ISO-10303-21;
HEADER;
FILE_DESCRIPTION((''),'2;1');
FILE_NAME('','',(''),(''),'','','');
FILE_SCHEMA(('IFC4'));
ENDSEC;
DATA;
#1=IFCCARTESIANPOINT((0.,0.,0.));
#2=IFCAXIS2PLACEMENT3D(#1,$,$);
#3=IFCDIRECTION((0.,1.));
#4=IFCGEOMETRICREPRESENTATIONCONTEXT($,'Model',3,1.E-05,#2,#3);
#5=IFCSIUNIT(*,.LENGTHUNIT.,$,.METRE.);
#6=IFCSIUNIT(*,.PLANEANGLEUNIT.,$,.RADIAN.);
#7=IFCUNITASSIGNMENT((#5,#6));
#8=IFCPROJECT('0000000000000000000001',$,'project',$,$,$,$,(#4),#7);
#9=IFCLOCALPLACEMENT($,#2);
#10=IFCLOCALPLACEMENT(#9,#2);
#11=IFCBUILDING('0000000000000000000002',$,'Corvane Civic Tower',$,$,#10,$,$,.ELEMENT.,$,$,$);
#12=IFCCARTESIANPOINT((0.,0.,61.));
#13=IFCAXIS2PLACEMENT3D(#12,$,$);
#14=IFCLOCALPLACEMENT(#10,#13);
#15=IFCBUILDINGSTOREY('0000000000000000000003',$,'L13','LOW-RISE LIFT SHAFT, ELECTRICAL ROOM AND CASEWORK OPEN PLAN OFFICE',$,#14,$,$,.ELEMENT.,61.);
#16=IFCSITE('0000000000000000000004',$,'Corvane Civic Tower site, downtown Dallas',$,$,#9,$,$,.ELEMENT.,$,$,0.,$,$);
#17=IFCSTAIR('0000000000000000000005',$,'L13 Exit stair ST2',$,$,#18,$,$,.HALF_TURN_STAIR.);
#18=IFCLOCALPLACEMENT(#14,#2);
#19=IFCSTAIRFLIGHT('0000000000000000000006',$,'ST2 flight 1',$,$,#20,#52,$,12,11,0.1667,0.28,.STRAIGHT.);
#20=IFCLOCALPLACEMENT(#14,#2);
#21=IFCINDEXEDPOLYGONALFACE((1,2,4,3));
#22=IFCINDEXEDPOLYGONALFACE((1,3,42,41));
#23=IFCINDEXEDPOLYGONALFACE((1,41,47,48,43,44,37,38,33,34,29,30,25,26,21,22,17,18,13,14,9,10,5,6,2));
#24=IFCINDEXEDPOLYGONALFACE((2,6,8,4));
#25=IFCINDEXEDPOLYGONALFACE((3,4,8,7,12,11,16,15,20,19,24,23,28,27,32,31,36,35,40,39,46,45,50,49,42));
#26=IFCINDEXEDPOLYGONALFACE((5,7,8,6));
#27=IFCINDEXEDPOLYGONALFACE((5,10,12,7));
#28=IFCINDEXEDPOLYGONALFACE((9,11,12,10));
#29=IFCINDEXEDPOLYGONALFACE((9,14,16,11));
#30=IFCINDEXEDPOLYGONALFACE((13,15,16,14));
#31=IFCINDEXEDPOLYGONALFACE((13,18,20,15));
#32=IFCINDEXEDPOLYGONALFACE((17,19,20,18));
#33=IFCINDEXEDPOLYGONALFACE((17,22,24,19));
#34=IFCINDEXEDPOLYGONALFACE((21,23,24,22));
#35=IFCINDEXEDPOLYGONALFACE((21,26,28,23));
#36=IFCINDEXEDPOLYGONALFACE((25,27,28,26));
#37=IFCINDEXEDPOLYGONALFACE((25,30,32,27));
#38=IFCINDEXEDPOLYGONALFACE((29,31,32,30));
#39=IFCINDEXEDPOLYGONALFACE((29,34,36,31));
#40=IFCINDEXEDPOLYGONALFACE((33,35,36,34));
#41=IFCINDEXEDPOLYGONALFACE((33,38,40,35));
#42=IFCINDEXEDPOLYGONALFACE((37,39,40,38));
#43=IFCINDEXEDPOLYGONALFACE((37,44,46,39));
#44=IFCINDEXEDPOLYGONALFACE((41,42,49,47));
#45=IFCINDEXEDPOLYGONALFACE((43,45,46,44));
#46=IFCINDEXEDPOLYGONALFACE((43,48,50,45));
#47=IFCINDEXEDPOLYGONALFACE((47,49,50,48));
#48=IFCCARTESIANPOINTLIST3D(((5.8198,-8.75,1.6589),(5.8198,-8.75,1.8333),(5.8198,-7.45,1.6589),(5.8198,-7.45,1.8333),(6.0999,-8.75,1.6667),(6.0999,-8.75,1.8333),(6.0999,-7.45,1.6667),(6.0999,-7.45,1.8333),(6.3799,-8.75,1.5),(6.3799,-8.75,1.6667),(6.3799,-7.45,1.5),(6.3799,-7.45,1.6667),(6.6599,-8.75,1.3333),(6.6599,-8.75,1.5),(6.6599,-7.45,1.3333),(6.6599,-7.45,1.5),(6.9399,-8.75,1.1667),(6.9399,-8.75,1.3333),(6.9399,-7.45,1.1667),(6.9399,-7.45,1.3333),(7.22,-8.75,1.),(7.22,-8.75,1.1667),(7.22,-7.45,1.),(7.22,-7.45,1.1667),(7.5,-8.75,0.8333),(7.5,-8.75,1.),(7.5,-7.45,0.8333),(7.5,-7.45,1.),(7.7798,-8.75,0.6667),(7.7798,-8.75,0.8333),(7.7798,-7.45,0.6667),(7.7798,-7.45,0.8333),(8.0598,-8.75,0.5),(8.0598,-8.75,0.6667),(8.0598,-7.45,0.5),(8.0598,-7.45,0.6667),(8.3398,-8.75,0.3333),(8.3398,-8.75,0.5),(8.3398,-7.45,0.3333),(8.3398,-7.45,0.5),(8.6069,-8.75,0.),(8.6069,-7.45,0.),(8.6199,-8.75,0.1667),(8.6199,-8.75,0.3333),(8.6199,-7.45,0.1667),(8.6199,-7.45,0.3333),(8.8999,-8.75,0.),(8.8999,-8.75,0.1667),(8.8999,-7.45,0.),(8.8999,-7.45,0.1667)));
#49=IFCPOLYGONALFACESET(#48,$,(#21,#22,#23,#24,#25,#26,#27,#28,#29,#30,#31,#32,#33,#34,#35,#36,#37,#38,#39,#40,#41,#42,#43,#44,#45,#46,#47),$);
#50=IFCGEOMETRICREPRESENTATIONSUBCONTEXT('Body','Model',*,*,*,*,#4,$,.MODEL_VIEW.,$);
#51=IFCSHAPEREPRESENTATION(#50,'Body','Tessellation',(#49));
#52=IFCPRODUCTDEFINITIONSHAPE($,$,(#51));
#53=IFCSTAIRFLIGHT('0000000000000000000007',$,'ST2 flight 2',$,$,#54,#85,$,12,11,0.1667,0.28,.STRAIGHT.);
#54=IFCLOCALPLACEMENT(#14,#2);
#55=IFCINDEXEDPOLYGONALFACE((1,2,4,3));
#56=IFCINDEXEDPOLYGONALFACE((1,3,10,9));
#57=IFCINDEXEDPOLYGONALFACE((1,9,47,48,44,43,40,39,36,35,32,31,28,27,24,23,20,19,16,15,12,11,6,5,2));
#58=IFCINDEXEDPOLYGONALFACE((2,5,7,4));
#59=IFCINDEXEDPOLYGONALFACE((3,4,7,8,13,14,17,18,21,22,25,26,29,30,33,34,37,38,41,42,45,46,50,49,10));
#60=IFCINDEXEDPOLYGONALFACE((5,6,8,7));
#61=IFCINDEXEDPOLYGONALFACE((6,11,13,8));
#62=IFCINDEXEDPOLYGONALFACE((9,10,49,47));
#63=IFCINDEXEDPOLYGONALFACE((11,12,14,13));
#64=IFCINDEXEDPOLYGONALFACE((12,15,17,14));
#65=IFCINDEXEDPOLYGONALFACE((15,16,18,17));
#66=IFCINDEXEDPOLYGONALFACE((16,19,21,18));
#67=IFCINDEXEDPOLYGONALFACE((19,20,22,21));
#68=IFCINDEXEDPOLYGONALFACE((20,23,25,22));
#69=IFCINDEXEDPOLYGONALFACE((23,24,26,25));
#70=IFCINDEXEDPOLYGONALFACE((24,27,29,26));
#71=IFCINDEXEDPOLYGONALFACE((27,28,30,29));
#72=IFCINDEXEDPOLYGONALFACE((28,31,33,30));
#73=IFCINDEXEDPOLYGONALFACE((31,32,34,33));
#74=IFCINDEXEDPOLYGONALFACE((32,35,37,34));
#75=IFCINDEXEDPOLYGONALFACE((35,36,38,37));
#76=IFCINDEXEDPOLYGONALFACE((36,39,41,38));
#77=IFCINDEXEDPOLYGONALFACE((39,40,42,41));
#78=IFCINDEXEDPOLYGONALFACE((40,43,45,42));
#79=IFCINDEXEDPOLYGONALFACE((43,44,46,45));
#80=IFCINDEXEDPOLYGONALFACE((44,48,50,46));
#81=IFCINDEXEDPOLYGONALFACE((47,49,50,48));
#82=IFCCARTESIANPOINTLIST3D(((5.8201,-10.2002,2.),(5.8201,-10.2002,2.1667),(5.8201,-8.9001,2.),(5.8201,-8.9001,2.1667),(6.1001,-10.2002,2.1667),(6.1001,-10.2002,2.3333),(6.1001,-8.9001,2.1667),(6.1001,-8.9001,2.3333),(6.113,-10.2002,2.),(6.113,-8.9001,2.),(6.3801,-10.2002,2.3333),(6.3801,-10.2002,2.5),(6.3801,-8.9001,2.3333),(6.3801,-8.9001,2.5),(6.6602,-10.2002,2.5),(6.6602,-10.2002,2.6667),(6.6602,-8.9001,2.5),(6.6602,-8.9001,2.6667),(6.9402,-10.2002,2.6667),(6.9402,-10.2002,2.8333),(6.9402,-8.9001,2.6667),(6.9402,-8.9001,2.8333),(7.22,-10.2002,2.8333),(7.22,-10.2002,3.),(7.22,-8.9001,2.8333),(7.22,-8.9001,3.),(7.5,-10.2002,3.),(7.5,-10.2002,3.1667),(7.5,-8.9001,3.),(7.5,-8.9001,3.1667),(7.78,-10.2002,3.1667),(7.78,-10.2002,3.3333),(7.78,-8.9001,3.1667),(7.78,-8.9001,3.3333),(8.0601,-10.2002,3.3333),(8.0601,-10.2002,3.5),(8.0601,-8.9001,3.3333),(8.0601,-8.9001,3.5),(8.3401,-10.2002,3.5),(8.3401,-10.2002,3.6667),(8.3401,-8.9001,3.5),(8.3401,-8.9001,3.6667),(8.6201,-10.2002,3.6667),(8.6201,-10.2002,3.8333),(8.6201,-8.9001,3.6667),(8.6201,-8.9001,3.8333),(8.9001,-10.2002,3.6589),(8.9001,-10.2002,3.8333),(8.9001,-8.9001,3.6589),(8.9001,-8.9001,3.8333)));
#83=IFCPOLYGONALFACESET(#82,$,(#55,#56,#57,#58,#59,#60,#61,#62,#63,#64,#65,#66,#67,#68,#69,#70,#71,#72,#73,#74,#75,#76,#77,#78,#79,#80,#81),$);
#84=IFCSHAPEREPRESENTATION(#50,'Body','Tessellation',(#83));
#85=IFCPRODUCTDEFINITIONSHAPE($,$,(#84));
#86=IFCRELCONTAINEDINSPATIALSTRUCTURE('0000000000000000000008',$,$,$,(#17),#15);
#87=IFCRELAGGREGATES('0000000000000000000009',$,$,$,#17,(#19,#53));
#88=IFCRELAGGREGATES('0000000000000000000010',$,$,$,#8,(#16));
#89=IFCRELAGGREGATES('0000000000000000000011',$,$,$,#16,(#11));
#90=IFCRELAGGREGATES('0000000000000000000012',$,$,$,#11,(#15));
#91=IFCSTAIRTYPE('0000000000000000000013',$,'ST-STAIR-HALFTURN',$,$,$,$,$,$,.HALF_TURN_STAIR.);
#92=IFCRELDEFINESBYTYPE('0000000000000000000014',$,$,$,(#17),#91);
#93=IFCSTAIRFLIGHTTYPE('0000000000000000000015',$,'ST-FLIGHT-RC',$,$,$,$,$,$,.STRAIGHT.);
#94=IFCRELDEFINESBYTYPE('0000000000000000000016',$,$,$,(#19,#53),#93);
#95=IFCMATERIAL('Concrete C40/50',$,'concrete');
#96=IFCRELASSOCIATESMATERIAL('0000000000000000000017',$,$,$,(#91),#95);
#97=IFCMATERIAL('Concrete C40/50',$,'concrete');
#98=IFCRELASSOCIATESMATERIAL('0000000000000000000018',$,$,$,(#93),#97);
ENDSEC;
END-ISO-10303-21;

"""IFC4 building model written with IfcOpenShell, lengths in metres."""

from ifc_helpers import new_model, si_unit, direction, frame, origin, place, context, subcontext, project, spatial, polyline, outline, extrude, material, type_object, element, aggregate, save


model = new_model("IFC4")

# Units and contexts
model_context = context("Model", 3, precision=1e-05, world=origin(), true_north=direction((0.0, 1.0)))
body_context = subcontext(model_context, "Body", "Model", "MODEL_VIEW")
ifc_project = project(units=[si_unit("LENGTHUNIT", "METRE"), si_unit("PLANEANGLEUNIT", "RADIAN")], contexts=[model_context])

# Site, building, storey
site_placement = place(None, origin())
site = spatial("IfcSite", under=ifc_project, at=site_placement, Name="Corvane Civic Tower site, downtown Dallas", CompositionType="ELEMENT", RefElevation=0.0)
building_placement = place(site_placement, origin())
building = spatial("IfcBuilding", under=site, at=building_placement, Name="Corvane Civic Tower", CompositionType="ELEMENT")
storey_placement = place(building_placement, frame((0.0, 0.0, 61.0)))
storey = spatial("IfcBuildingStorey", under=building, at=storey_placement, Name="L13", Description="LOW-RISE LIFT SHAFT, ELECTRICAL ROOM AND CASEWORK OPEN PLAN OFFICE", CompositionType="ELEMENT", Elevation=61.0)

# Shared definitions
ifc_material_1 = material(Name="Concrete C40/50", Category="concrete")
stair_type = type_object("IfcStairType", Name="ST-STAIR-HALFTURN", PredefinedType="HALF_TURN_STAIR", material=ifc_material_1)

# Stair, stair flights
stair_1_placement = place(storey_placement, origin())
stair_1 = element("IfcStair", 1, at=stair_1_placement, inside=storey, type_object=stair_type, Name="L13 Exit stair ST2", PredefinedType="HALF_TURN_STAIR")
ifc_material_2 = material(Name="Concrete C40/50", Category="concrete")
stair_flight_type = type_object("IfcStairFlightType", Name="ST-FLIGHT-RC", PredefinedType="STRAIGHT", material=ifc_material_2)
stair_flight_1_placement = place(storey_placement, frame((8.8999, -8.1001, 0.0), z_axis=(0.0, 0.0, 1.0), x_axis=(-1.0, 0.0, 0.0)))
stair_flight_1 = element("IfcStairFlight", 2, at=stair_flight_1_placement, type_object=stair_flight_type, Name="ST2 flight 1", NumberOfRisers=12, NumberOfTreads=11, PredefinedType="STRAIGHT", RiserHeight=0.1667, TreadLength=0.28, context=body_context, shape_type="SweptSolid", body=[
    extrude(outline(polyline([(0.0, 0.0), (0.0, 0.1667), (0.28, 0.1667), (0.28, 0.3333), (0.5601, 0.3333), (0.5601, 0.5), (0.8401, 0.5), (0.8401, 0.6667), (1.1201, 0.6667), (1.1201, 0.8333), (1.3999, 0.8333), (1.3999, 1.0), (1.6799, 1.0), (1.6799, 1.1667), (1.96, 1.1667), (1.96, 1.3333), (2.24, 1.3333), (2.24, 1.5), (2.52, 1.5), (2.52, 1.6667), (2.8, 1.6667), (2.8, 1.8333), (3.0801, 1.8333), (3.0801, 2.0), (3.0801, 1.6589), (0.293, 0.0), (0.0, 0.0)])), frame((0.0, 0.6499, 0.0), z_axis=(0.0, -1.0, 0.0), x_axis=(1.0, 0.0, 0.0)), (0.0, 0.0, 1.0), 1.3),
])
stair_flight_2_placement = place(storey_placement, frame((5.8201, -9.55, 2.0), z_axis=(0.0, 0.0, 1.0), x_axis=(1.0, 0.0, 0.0)))
stair_flight_2 = element("IfcStairFlight", 3, at=stair_flight_2_placement, type_object=stair_flight_type, Name="ST2 flight 2", NumberOfRisers=12, NumberOfTreads=11, PredefinedType="STRAIGHT", RiserHeight=0.1667, TreadLength=0.28, context=body_context, shape_type="SweptSolid", body=[
    extrude(outline(polyline([(0.0, 0.0), (0.0, 0.1667), (0.28, 0.1667), (0.28, 0.3333), (0.5601, 0.3333), (0.5601, 0.5), (0.8401, 0.5), (0.8401, 0.6667), (1.1201, 0.6667), (1.1201, 0.8333), (1.3999, 0.8333), (1.3999, 1.0), (1.6799, 1.0), (1.6799, 1.1667), (1.96, 1.1667), (1.96, 1.3333), (2.24, 1.3333), (2.24, 1.5), (2.52, 1.5), (2.52, 1.6667), (2.8, 1.6667), (2.8, 1.8333), (3.0801, 1.8333), (3.0801, 2.0), (3.0801, 1.6589), (0.293, 0.0), (0.0, 0.0)])), frame((0.0, 0.6499, 0.0), z_axis=(0.0, -1.0, 0.0), x_axis=(1.0, 0.0, 0.0)), (0.0, 0.0, 1.0), 1.3),
])
aggregate(stair_1, [stair_flight_1, stair_flight_2])

save(model, "model.ifc")
